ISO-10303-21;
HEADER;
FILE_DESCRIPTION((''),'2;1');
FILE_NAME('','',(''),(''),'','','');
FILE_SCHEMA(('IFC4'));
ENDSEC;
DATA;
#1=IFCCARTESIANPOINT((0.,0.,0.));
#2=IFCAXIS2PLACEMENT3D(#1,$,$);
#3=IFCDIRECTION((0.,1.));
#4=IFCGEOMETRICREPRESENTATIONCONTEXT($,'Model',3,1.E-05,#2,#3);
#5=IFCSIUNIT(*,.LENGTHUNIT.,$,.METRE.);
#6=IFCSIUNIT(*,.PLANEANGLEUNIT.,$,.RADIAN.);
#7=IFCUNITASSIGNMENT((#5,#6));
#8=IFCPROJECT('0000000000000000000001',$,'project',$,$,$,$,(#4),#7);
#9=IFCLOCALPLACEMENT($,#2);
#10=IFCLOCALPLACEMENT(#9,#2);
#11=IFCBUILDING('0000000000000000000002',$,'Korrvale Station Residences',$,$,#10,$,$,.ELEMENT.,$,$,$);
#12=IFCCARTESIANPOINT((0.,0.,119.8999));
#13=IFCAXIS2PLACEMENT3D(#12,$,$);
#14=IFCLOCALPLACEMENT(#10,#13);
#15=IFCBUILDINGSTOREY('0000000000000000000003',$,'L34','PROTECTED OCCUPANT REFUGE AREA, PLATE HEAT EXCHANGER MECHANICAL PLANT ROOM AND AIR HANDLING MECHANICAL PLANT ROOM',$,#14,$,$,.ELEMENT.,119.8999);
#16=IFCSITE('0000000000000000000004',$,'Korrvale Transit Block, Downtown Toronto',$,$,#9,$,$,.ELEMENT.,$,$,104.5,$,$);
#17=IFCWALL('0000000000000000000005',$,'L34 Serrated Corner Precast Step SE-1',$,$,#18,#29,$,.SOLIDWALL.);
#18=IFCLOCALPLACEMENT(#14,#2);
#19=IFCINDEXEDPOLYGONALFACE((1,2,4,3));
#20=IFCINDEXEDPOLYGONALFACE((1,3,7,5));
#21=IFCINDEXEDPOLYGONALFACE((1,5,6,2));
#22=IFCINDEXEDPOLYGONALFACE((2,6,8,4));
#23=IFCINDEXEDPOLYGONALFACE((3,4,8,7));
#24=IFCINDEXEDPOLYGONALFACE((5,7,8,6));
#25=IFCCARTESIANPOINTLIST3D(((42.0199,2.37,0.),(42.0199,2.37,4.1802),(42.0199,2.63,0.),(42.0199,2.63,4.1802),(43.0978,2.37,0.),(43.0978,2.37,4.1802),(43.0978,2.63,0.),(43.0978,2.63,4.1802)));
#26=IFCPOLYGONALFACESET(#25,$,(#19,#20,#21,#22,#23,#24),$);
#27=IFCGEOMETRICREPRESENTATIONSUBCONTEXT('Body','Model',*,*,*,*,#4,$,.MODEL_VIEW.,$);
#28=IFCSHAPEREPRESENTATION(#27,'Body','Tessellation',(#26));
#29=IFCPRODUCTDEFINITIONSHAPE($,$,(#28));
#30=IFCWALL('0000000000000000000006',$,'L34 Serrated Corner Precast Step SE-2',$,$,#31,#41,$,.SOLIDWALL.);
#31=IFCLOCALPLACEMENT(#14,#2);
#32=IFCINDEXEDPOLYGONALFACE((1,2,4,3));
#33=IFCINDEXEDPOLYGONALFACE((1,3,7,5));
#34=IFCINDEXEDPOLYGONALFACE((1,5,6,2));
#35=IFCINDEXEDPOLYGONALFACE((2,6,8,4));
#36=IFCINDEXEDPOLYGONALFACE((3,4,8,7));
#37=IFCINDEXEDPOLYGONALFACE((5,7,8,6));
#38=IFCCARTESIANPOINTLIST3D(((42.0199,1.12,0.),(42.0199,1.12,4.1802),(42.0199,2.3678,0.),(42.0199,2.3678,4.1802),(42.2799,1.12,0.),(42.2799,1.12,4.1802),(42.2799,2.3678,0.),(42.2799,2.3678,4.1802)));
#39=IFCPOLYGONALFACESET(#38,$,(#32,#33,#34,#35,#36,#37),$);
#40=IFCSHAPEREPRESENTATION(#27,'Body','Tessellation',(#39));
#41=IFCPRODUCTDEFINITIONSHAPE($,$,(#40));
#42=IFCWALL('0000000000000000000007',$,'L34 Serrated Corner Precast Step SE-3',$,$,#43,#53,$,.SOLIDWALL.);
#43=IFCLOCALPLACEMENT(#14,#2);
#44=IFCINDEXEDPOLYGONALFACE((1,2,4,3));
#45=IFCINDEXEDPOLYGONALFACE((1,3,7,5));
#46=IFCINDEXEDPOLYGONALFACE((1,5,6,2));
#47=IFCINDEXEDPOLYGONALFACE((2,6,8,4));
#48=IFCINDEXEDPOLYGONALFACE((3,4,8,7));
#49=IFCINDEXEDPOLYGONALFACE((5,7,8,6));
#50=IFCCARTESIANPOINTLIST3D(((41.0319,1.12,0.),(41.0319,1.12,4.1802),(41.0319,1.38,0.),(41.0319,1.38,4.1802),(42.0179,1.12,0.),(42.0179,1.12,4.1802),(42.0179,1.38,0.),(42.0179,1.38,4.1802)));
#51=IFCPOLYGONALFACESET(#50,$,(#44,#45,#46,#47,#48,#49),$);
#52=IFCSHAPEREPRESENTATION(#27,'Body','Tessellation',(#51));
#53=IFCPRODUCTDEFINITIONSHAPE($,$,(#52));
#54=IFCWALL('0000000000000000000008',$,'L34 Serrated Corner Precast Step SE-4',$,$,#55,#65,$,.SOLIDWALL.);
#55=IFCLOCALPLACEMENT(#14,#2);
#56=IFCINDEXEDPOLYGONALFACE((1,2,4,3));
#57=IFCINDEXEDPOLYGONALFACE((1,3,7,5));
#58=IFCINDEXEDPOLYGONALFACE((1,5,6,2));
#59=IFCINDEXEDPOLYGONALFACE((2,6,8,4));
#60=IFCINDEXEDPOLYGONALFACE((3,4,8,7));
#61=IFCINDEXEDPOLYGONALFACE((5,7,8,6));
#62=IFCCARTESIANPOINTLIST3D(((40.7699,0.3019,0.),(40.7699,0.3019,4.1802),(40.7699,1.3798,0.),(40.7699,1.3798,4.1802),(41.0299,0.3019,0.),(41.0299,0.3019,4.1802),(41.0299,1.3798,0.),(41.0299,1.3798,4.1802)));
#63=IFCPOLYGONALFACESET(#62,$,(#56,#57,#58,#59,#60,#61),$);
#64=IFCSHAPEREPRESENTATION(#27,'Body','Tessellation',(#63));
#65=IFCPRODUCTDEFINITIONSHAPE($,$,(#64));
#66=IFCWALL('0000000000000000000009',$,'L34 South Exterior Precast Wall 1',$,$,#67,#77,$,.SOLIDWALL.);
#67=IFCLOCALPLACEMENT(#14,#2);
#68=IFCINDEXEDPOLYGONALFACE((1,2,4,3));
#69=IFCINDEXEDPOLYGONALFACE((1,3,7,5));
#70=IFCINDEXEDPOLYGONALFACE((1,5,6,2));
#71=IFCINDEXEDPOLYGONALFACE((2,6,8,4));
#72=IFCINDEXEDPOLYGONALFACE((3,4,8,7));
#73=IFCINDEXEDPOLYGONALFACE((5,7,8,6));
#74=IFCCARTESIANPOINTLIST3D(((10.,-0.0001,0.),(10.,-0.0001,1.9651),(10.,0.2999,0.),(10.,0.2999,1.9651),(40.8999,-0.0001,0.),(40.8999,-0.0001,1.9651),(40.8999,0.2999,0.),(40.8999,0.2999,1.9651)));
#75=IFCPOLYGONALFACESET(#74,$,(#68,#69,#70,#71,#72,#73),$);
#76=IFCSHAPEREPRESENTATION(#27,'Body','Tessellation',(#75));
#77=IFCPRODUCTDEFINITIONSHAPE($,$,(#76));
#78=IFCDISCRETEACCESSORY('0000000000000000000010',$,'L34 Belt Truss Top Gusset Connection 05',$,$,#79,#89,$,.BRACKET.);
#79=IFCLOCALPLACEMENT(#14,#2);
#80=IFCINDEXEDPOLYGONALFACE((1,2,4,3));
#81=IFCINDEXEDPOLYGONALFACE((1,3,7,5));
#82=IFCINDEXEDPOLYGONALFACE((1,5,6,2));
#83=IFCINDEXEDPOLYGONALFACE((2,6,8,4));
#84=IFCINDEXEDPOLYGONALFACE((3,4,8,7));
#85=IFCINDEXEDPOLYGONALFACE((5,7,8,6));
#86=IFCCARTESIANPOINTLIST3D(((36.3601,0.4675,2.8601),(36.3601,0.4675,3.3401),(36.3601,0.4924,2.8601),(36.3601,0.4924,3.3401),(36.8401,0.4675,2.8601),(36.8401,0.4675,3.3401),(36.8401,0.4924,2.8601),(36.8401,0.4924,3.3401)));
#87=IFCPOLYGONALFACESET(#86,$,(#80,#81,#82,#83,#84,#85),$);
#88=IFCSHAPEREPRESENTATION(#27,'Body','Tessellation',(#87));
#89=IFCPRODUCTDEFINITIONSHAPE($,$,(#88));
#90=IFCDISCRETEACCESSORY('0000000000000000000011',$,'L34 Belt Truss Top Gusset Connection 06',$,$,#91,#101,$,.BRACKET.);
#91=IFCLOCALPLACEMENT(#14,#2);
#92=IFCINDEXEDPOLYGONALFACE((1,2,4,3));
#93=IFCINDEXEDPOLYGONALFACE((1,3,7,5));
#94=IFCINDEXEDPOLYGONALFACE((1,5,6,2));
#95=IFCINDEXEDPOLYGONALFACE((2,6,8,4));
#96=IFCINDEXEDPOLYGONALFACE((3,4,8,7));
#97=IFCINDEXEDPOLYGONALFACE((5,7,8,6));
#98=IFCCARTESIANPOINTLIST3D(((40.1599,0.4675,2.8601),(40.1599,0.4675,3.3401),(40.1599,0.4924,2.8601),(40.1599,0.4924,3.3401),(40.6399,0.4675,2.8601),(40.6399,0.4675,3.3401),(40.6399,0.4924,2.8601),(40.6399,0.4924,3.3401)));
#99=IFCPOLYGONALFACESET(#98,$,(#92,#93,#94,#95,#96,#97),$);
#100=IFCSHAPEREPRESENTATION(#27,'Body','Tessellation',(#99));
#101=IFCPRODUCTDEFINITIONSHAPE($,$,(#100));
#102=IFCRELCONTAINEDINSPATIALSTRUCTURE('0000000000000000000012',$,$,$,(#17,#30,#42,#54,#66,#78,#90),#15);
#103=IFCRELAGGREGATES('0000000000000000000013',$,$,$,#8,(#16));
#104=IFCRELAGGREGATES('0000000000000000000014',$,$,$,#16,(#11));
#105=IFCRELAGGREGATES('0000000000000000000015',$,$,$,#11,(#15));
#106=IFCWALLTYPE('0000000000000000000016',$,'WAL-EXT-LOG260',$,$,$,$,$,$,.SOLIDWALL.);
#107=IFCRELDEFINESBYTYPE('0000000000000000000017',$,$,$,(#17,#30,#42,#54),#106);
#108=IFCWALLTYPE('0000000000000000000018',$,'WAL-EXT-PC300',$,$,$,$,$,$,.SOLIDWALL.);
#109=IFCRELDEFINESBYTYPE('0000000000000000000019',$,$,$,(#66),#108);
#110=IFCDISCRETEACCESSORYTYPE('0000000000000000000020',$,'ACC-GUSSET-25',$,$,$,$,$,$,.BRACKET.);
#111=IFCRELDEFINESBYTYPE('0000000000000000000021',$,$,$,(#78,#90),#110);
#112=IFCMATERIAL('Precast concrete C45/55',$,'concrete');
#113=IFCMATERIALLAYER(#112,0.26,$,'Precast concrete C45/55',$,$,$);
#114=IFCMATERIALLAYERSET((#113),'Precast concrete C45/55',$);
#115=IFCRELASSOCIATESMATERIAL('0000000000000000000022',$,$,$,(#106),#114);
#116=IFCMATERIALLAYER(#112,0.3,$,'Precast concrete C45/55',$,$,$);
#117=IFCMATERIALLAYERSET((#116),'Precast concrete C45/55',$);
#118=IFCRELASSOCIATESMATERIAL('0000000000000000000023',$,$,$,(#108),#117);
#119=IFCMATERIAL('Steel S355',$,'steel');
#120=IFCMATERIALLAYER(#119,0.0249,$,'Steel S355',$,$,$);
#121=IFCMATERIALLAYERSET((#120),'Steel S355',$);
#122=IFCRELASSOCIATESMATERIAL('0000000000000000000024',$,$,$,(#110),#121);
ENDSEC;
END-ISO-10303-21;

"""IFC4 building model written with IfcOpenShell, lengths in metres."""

from ifc_helpers import new_model, si_unit, direction, frame, frame_2d, origin, origin_2d, place, context, subcontext, project, spatial, rectangle, extrude, material, layer, layer_set, type_object, element, save


model = new_model("IFC4")

# Units and contexts
model_context = context("Model", 3, precision=1e-05, world=origin(), true_north=direction((0.0, 1.0)))
body_context = subcontext(model_context, "Body", "Model", "MODEL_VIEW")
ifc_project = project(units=[si_unit("LENGTHUNIT", "METRE"), si_unit("PLANEANGLEUNIT", "RADIAN")], contexts=[model_context])

# Site, building, storey
site_placement = place(None, origin())
site = spatial("IfcSite", under=ifc_project, at=site_placement, Name="Korrvale Transit Block, Downtown Toronto", CompositionType="ELEMENT", RefElevation=104.5)
building_placement = place(site_placement, origin())
building = spatial("IfcBuilding", under=site, at=building_placement, Name="Korrvale Station Residences", CompositionType="ELEMENT")
storey_placement = place(building_placement, frame((0.0, 0.0, 119.8999)))
storey = spatial("IfcBuildingStorey", under=building, at=storey_placement, Name="L34", Description="PROTECTED OCCUPANT REFUGE AREA, PLATE HEAT EXCHANGER MECHANICAL PLANT ROOM AND AIR HANDLING MECHANICAL PLANT ROOM", CompositionType="ELEMENT", Elevation=119.8999)

# Shared definitions
ifc_material_1 = material(Name="Steel S355", Category="steel")

# Walls
ifc_material_2 = material(Name="Precast concrete C45/55", Category="concrete")
ifc_layer_1 = layer(ifc_material_2, 0.26, Name="Precast concrete C45/55")
ifc_layer_set_1 = layer_set([ifc_layer_1], Name="Precast concrete C45/55")
wall_type_1 = type_object("IfcWallType", Name="WAL-EXT-LOG260", PredefinedType="SOLIDWALL", material=ifc_layer_set_1)
wall_1_placement = place(storey_placement, frame((43.0979, 2.5, 0.0), z_axis=(0.0, 0.0, 1.0), x_axis=(-1.0, 0.0, 0.0)))
element("IfcWall", 1, at=wall_1_placement, inside=storey, type_object=wall_type_1, Name="L34 Serrated Corner Precast Step SE-1", PredefinedType="SOLIDWALL", context=body_context, shape_type="SweptSolid", body=[
    extrude(rectangle(XDim=1.0779, YDim=0.26, at=frame_2d((0.5391, 0.0))), origin(), (0.0, 0.0, 1.0), 4.1802),
])
wall_2_placement = place(storey_placement, frame((42.1499, 2.3679, 0.0), z_axis=(0.0, 0.0, 1.0), x_axis=(0.0, -1.0, 0.0)))
element("IfcWall", 2, at=wall_2_placement, inside=storey, type_object=wall_type_1, Name="L34 Serrated Corner Precast Step SE-2", PredefinedType="SOLIDWALL", context=body_context, shape_type="SweptSolid", body=[
    extrude(rectangle(XDim=1.2478, YDim=0.26, at=frame_2d((0.624, 0.0))), origin(), (0.0, 0.0, 1.0), 4.1802),
])
wall_3_placement = place(storey_placement, frame((42.0181, 1.25, 0.0), z_axis=(0.0, 0.0, 1.0), x_axis=(-1.0, 0.0, 0.0)))
element("IfcWall", 3, at=wall_3_placement, inside=storey, type_object=wall_type_1, Name="L34 Serrated Corner Precast Step SE-3", PredefinedType="SOLIDWALL", context=body_context, shape_type="SweptSolid", body=[
    extrude(rectangle(XDim=0.9861, YDim=0.26, at=frame_2d((0.4932, 0.0))), origin(), (0.0, 0.0, 1.0), 4.1802),
])
wall_4_placement = place(storey_placement, frame((40.8999, 1.3799, 0.0), z_axis=(0.0, 0.0, 1.0), x_axis=(0.0, -1.0, 0.0)))
element("IfcWall", 4, at=wall_4_placement, inside=storey, type_object=wall_type_1, Name="L34 Serrated Corner Precast Step SE-4", PredefinedType="SOLIDWALL", context=body_context, shape_type="SweptSolid", body=[
    extrude(rectangle(XDim=1.0779, YDim=0.26, at=frame_2d((0.5391, 0.0))), origin(), (0.0, 0.0, 1.0), 4.1802),
])
ifc_layer_2 = layer(ifc_material_2, 0.3, Name="Precast concrete C45/55")
ifc_layer_set_2 = layer_set([ifc_layer_2], Name="Precast concrete C45/55")
wall_type_2 = type_object("IfcWallType", Name="WAL-EXT-PC300", PredefinedType="SOLIDWALL", material=ifc_layer_set_2)
wall_5_placement = place(storey_placement, frame((40.8999, 0.1499, 0.0), z_axis=(0.0, 0.0, 1.0), x_axis=(-1.0, 0.0, 0.0)))
element("IfcWall", 5, at=wall_5_placement, inside=storey, type_object=wall_type_2, Name="L34 South Exterior Precast Wall 1", PredefinedType="SOLIDWALL", context=body_context, shape_type="SweptSolid", body=[
    extrude(rectangle(XDim=30.8999, YDim=0.3, at=frame_2d((15.45, 0.0))), origin(), (0.0, 0.0, 1.0), 1.9651),
])

# Discrete accessories
ifc_layer_3 = layer(ifc_material_1, 0.0249, Name="Steel S355")
ifc_layer_set_3 = layer_set([ifc_layer_3], Name="Steel S355")
discrete_accessory_type = type_object("IfcDiscreteAccessoryType", Name="ACC-GUSSET-25", PredefinedType="BRACKET", material=ifc_layer_set_3)
for number, where, z_axis, x_axis, name in (
    (6, (36.6001, 0.48, 2.8601), (0.0, 0.0, 1.0), (1.0, 0.0, 0.0), "L34 Belt Truss Top Gusset Connection 05"),
    (7, (40.3999, 0.48, 2.8601), (0.0, 0.0, 1.0), (1.0, 0.0, 0.0), "L34 Belt Truss Top Gusset Connection 06"),
):
    element("IfcDiscreteAccessory", number, at=place(storey_placement, frame(where, z_axis=z_axis, x_axis=x_axis)), inside=storey, type_object=discrete_accessory_type, Name=name, PredefinedType="BRACKET", context=body_context, shape_type="SweptSolid", body=[
        extrude(rectangle(XDim=0.48, YDim=0.0249, at=origin_2d()), origin(), (0.0, 0.0, 1.0), 0.48),
    ])

save(model, "model.ifc")
